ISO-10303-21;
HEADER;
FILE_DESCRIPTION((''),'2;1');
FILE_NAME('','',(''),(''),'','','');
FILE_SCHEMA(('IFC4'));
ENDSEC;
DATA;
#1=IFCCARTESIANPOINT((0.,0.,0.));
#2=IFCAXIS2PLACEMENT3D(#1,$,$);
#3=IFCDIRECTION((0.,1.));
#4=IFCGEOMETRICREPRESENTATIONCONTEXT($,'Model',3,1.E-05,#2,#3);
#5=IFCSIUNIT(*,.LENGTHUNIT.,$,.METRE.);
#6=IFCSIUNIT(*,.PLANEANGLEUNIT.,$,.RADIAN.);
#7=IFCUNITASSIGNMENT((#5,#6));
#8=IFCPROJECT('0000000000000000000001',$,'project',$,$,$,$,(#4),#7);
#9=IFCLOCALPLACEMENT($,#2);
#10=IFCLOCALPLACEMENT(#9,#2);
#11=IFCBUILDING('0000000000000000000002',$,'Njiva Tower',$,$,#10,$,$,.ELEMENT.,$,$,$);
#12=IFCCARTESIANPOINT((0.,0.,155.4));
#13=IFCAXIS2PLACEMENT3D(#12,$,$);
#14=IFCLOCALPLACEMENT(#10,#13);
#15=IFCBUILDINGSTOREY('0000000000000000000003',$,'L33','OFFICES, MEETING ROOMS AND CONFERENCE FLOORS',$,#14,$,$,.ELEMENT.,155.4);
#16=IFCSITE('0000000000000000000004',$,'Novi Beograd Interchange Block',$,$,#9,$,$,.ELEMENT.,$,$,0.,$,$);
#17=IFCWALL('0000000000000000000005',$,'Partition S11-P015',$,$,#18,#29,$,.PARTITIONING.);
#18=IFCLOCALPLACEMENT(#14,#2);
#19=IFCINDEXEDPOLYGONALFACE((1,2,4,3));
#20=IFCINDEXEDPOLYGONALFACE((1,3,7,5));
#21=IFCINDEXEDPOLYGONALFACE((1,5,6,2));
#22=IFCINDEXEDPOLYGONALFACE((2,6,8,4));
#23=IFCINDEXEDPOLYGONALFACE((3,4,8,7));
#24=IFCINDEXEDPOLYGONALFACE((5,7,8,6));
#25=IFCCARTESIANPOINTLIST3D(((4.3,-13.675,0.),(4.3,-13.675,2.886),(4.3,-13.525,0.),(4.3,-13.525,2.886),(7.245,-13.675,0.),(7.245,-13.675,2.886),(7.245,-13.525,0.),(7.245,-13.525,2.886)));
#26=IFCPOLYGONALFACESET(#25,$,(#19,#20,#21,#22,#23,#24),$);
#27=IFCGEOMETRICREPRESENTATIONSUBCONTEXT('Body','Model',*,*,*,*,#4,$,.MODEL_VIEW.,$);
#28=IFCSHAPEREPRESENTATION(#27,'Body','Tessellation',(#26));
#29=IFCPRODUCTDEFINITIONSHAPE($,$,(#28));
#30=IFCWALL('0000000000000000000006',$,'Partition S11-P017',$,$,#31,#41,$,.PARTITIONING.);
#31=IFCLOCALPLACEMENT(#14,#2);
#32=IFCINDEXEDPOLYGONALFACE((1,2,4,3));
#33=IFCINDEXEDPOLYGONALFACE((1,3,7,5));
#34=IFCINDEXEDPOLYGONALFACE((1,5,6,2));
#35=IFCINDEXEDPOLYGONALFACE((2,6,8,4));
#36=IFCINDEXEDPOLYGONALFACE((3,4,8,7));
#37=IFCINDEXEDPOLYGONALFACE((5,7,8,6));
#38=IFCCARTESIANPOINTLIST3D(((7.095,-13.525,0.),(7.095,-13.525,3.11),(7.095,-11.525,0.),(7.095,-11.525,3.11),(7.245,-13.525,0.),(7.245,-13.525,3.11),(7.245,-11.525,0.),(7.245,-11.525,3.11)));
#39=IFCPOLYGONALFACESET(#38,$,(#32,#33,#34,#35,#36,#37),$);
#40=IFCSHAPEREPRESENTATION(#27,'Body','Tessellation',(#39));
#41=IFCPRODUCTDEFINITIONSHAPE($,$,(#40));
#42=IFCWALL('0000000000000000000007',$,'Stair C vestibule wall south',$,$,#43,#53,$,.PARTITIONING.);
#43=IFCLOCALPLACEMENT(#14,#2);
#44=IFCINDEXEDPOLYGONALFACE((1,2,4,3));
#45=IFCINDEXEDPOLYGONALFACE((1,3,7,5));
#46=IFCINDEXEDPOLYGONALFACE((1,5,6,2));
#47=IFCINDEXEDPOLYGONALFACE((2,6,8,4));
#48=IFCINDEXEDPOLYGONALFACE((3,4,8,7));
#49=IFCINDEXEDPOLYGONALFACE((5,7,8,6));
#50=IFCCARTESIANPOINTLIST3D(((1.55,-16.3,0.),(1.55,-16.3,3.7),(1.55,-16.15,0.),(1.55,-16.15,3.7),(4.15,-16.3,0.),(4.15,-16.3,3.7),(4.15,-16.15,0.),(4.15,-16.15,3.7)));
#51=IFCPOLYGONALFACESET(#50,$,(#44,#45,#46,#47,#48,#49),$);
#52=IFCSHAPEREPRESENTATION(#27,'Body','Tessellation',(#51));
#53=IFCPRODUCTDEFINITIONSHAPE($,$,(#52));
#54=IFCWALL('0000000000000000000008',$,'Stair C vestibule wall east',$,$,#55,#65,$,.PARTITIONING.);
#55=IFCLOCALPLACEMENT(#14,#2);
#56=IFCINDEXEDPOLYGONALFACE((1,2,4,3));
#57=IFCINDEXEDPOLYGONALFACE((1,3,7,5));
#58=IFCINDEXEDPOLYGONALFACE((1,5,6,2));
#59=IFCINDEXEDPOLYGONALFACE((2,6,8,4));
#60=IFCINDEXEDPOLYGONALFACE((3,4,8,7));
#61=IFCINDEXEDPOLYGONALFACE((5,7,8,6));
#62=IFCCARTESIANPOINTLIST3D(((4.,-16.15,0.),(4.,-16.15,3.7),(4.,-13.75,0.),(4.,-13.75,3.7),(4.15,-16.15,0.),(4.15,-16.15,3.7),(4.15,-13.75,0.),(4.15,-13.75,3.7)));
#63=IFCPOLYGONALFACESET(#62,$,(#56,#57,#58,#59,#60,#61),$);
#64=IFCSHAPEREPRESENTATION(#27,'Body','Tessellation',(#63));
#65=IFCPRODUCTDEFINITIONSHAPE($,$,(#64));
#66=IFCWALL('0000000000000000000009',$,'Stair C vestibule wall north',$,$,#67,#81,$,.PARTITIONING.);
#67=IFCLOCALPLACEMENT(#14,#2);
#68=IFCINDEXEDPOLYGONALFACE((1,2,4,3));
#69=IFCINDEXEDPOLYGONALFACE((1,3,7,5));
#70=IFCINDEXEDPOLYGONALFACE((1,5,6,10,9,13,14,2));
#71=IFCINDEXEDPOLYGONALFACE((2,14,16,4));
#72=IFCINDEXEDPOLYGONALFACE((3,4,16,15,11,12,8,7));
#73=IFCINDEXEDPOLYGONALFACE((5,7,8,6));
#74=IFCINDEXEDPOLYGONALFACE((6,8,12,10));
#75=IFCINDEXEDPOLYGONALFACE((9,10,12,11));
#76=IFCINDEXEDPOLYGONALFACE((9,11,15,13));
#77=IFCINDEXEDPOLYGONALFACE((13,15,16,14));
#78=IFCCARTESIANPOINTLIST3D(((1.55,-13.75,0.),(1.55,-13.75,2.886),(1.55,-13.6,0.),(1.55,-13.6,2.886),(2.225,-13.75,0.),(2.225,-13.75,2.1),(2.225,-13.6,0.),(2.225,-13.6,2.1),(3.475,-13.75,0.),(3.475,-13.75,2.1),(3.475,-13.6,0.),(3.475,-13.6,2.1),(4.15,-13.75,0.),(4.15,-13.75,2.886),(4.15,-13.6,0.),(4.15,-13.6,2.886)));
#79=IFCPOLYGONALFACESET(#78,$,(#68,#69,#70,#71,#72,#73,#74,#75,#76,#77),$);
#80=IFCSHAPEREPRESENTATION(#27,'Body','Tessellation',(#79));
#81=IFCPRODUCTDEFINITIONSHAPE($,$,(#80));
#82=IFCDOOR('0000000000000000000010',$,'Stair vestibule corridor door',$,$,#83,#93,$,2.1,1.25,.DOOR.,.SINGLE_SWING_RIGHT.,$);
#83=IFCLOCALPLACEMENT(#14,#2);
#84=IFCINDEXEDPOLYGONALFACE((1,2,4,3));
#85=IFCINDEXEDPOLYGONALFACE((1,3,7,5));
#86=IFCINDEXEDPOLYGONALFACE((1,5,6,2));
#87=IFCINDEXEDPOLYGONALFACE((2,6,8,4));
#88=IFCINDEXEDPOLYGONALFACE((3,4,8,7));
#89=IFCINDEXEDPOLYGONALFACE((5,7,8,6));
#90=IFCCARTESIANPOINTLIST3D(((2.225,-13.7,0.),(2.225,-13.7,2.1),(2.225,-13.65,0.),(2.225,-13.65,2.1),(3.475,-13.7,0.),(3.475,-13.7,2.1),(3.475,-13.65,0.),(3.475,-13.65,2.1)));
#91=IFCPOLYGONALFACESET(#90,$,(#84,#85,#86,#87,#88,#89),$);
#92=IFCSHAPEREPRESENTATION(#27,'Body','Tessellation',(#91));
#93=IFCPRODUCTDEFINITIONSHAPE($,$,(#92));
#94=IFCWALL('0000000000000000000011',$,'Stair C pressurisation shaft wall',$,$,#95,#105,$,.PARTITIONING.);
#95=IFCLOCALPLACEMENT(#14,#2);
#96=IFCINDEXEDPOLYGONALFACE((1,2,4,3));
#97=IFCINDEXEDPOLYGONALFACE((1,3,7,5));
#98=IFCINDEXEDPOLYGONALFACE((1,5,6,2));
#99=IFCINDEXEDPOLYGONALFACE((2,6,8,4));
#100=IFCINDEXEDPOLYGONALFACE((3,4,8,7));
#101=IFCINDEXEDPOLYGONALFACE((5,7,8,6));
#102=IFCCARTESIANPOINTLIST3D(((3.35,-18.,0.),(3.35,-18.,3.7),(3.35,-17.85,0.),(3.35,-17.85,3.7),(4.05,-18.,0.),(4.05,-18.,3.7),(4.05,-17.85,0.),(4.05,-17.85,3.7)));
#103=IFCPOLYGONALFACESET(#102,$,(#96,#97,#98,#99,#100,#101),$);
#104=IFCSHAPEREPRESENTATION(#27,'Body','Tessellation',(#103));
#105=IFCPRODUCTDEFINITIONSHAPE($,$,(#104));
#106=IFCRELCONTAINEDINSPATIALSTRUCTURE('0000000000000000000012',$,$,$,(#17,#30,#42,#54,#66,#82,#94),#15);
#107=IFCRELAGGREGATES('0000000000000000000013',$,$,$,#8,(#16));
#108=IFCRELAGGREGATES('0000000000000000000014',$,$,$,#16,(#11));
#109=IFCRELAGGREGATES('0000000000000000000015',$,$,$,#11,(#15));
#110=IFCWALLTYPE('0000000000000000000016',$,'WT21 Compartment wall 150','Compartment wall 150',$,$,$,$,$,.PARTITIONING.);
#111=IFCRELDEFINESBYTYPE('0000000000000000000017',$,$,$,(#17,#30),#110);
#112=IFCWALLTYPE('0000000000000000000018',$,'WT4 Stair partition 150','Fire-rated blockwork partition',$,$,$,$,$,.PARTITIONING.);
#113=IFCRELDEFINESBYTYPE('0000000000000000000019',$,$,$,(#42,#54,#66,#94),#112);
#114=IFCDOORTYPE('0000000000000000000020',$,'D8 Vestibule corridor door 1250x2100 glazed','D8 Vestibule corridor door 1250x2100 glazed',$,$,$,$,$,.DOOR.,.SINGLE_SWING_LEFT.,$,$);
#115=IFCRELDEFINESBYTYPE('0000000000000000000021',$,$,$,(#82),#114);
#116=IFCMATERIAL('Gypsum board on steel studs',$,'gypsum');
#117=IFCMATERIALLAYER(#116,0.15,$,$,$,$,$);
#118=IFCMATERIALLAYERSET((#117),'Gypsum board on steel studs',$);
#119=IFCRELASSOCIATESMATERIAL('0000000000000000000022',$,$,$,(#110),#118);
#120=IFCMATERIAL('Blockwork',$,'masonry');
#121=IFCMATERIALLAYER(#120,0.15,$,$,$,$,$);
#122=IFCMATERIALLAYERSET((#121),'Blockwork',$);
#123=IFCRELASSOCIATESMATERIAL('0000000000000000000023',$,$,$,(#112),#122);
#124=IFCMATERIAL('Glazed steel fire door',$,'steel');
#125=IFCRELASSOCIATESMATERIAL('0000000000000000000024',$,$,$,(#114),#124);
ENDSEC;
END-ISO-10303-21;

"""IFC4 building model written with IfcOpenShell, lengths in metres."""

from ifc_helpers import new_model, si_unit, direction, frame, frame_2d, origin, place, context, subcontext, project, spatial, rectangle, extrude, material, layer, layer_set, type_object, element, fill, save


model = new_model("IFC4")

# Units and contexts
model_context = context("Model", 3, precision=1e-05, world=origin(), true_north=direction((0.0, 1.0)))
body_context = subcontext(model_context, "Body", "Model", "MODEL_VIEW")
ifc_project = project(units=[si_unit("LENGTHUNIT", "METRE"), si_unit("PLANEANGLEUNIT", "RADIAN")], contexts=[model_context])

# Site, building, storey
site_placement = place(None, origin())
site = spatial("IfcSite", under=ifc_project, at=site_placement, Name="Novi Beograd Interchange Block", CompositionType="ELEMENT", RefElevation=0.0)
building_placement = place(site_placement, origin())
building = spatial("IfcBuilding", under=site, at=building_placement, Name="Njiva Tower", CompositionType="ELEMENT")
storey_placement = place(building_placement, frame((0.0, 0.0, 155.4)))
storey = spatial("IfcBuildingStorey", under=building, at=storey_placement, Name="L33", Description="OFFICES, MEETING ROOMS AND CONFERENCE FLOORS", CompositionType="ELEMENT", Elevation=155.4)

# Walls
ifc_material_1 = material(Name="Gypsum board on steel studs", Category="gypsum")
ifc_layer_1 = layer(ifc_material_1, 0.15)
ifc_layer_set_1 = layer_set([ifc_layer_1], Name="Gypsum board on steel studs")
wall_type_1 = type_object("IfcWallType", Name="WT21 Compartment wall 150", Description="Compartment wall 150", PredefinedType="PARTITIONING", material=ifc_layer_set_1)
wall_1_placement = place(storey_placement, frame((4.3, -13.6, 0.0), z_axis=(0.0, 0.0, 1.0), x_axis=(1.0, 0.0, 0.0)))
element("IfcWall", 1, at=wall_1_placement, inside=storey, type_object=wall_type_1, Name="Partition S11-P015", PredefinedType="PARTITIONING", context=body_context, shape_type="SweptSolid", body=[
    extrude(rectangle(XDim=2.945, YDim=0.15, at=frame_2d((1.4725, 0.0))), origin(), (0.0, 0.0, 1.0), 2.886),
])
wall_2_placement = place(storey_placement, frame((7.17, -13.525, 0.0), z_axis=(0.0, 0.0, 1.0), x_axis=(0.0, 1.0, 0.0)))
element("IfcWall", 2, at=wall_2_placement, inside=storey, type_object=wall_type_1, Name="Partition S11-P017", PredefinedType="PARTITIONING", context=body_context, shape_type="SweptSolid", body=[
    extrude(rectangle(XDim=2.0, YDim=0.15, at=frame_2d((1.0, 0.0))), origin(), (0.0, 0.0, 1.0), 3.11),
])
ifc_material_2 = material(Name="Blockwork", Category="masonry")
ifc_layer_2 = layer(ifc_material_2, 0.15)
ifc_layer_set_2 = layer_set([ifc_layer_2], Name="Blockwork")
wall_type_2 = type_object("IfcWallType", Name="WT4 Stair partition 150", Description="Fire-rated blockwork partition", PredefinedType="PARTITIONING", material=ifc_layer_set_2)
wall_3_placement = place(storey_placement, frame((1.55, -16.225, 0.0), z_axis=(0.0, 0.0, 1.0), x_axis=(1.0, 0.0, 0.0)))
element("IfcWall", 3, at=wall_3_placement, inside=storey, type_object=wall_type_2, Name="Stair C vestibule wall south", PredefinedType="PARTITIONING", context=body_context, shape_type="SweptSolid", body=[
    extrude(rectangle(XDim=2.6, YDim=0.15, at=frame_2d((1.3, 0.0))), origin(), (0.0, 0.0, 1.0), 3.7),
])
wall_4_placement = place(storey_placement, frame((4.075, -16.15, 0.0), z_axis=(0.0, 0.0, 1.0), x_axis=(0.0, 1.0, 0.0)))
element("IfcWall", 4, at=wall_4_placement, inside=storey, type_object=wall_type_2, Name="Stair C vestibule wall east", PredefinedType="PARTITIONING", context=body_context, shape_type="SweptSolid", body=[
    extrude(rectangle(XDim=2.4, YDim=0.15, at=frame_2d((1.2, 0.0))), origin(), (0.0, 0.0, 1.0), 3.7),
])

# Wall, opening, door
wall_5_placement = place(storey_placement, frame((1.55, -13.675, 0.0), z_axis=(0.0, 0.0, 1.0), x_axis=(1.0, 0.0, 0.0)))
wall_5 = element("IfcWall", 5, at=wall_5_placement, inside=storey, type_object=wall_type_2, Name="Stair C vestibule wall north", PredefinedType="PARTITIONING", context=body_context, shape_type="SweptSolid", body=[
    extrude(rectangle(XDim=2.6, YDim=0.15, at=frame_2d((1.3, 0.0))), origin(), (0.0, 0.0, 1.0), 2.886),
])
opening_placement = place(wall_5_placement, frame((0.675, 0.0, 0.0)))
opening = element("IfcOpeningElement", 6, at=opening_placement, cuts=wall_5, PredefinedType="OPENING", context=body_context, shape_type="SweptSolid", body=[
    extrude(rectangle(XDim=1.25, YDim=2.1, at=frame_2d((0.625, 1.05))), frame((0.0, 0.085, 0.0), z_axis=(0.0, -1.0, 0.0), x_axis=(1.0, 0.0, 0.0)), (0.0, 0.0, 1.0), 0.17),
])
ifc_material_3 = material(Name="Glazed steel fire door", Category="steel")
door_type = type_object("IfcDoorType", Name="D8 Vestibule corridor door 1250x2100 glazed", Description="D8 Vestibule corridor door 1250x2100 glazed", OperationType="SINGLE_SWING_LEFT", PredefinedType="DOOR", material=ifc_material_3)
door_placement = place(opening_placement, origin())
door = element("IfcDoor", 7, at=door_placement, inside=storey, type_object=door_type, Name="Stair vestibule corridor door", OperationType="SINGLE_SWING_RIGHT", OverallHeight=2.1, OverallWidth=1.25, PredefinedType="DOOR", context=body_context, shape_type="SweptSolid", body=[
    extrude(rectangle(XDim=1.25, YDim=2.1, at=frame_2d((0.625, 1.05))), frame((0.0, 0.025, 0.0), z_axis=(0.0, -1.0, 0.0), x_axis=(1.0, 0.0, 0.0)), (0.0, 0.0, 1.0), 0.05),
])
fill(opening, door)

# Wall
wall_6_placement = place(storey_placement, frame((3.35, -17.925, 0.0), z_axis=(0.0, 0.0, 1.0), x_axis=(1.0, 0.0, 0.0)))
element("IfcWall", 8, at=wall_6_placement, inside=storey, type_object=wall_type_2, Name="Stair C pressurisation shaft wall", PredefinedType="PARTITIONING", context=body_context, shape_type="SweptSolid", body=[
    extrude(rectangle(XDim=0.7, YDim=0.15, at=frame_2d((0.35, 0.0))), origin(), (0.0, 0.0, 1.0), 3.7),
])

save(model, "model.ifc")
